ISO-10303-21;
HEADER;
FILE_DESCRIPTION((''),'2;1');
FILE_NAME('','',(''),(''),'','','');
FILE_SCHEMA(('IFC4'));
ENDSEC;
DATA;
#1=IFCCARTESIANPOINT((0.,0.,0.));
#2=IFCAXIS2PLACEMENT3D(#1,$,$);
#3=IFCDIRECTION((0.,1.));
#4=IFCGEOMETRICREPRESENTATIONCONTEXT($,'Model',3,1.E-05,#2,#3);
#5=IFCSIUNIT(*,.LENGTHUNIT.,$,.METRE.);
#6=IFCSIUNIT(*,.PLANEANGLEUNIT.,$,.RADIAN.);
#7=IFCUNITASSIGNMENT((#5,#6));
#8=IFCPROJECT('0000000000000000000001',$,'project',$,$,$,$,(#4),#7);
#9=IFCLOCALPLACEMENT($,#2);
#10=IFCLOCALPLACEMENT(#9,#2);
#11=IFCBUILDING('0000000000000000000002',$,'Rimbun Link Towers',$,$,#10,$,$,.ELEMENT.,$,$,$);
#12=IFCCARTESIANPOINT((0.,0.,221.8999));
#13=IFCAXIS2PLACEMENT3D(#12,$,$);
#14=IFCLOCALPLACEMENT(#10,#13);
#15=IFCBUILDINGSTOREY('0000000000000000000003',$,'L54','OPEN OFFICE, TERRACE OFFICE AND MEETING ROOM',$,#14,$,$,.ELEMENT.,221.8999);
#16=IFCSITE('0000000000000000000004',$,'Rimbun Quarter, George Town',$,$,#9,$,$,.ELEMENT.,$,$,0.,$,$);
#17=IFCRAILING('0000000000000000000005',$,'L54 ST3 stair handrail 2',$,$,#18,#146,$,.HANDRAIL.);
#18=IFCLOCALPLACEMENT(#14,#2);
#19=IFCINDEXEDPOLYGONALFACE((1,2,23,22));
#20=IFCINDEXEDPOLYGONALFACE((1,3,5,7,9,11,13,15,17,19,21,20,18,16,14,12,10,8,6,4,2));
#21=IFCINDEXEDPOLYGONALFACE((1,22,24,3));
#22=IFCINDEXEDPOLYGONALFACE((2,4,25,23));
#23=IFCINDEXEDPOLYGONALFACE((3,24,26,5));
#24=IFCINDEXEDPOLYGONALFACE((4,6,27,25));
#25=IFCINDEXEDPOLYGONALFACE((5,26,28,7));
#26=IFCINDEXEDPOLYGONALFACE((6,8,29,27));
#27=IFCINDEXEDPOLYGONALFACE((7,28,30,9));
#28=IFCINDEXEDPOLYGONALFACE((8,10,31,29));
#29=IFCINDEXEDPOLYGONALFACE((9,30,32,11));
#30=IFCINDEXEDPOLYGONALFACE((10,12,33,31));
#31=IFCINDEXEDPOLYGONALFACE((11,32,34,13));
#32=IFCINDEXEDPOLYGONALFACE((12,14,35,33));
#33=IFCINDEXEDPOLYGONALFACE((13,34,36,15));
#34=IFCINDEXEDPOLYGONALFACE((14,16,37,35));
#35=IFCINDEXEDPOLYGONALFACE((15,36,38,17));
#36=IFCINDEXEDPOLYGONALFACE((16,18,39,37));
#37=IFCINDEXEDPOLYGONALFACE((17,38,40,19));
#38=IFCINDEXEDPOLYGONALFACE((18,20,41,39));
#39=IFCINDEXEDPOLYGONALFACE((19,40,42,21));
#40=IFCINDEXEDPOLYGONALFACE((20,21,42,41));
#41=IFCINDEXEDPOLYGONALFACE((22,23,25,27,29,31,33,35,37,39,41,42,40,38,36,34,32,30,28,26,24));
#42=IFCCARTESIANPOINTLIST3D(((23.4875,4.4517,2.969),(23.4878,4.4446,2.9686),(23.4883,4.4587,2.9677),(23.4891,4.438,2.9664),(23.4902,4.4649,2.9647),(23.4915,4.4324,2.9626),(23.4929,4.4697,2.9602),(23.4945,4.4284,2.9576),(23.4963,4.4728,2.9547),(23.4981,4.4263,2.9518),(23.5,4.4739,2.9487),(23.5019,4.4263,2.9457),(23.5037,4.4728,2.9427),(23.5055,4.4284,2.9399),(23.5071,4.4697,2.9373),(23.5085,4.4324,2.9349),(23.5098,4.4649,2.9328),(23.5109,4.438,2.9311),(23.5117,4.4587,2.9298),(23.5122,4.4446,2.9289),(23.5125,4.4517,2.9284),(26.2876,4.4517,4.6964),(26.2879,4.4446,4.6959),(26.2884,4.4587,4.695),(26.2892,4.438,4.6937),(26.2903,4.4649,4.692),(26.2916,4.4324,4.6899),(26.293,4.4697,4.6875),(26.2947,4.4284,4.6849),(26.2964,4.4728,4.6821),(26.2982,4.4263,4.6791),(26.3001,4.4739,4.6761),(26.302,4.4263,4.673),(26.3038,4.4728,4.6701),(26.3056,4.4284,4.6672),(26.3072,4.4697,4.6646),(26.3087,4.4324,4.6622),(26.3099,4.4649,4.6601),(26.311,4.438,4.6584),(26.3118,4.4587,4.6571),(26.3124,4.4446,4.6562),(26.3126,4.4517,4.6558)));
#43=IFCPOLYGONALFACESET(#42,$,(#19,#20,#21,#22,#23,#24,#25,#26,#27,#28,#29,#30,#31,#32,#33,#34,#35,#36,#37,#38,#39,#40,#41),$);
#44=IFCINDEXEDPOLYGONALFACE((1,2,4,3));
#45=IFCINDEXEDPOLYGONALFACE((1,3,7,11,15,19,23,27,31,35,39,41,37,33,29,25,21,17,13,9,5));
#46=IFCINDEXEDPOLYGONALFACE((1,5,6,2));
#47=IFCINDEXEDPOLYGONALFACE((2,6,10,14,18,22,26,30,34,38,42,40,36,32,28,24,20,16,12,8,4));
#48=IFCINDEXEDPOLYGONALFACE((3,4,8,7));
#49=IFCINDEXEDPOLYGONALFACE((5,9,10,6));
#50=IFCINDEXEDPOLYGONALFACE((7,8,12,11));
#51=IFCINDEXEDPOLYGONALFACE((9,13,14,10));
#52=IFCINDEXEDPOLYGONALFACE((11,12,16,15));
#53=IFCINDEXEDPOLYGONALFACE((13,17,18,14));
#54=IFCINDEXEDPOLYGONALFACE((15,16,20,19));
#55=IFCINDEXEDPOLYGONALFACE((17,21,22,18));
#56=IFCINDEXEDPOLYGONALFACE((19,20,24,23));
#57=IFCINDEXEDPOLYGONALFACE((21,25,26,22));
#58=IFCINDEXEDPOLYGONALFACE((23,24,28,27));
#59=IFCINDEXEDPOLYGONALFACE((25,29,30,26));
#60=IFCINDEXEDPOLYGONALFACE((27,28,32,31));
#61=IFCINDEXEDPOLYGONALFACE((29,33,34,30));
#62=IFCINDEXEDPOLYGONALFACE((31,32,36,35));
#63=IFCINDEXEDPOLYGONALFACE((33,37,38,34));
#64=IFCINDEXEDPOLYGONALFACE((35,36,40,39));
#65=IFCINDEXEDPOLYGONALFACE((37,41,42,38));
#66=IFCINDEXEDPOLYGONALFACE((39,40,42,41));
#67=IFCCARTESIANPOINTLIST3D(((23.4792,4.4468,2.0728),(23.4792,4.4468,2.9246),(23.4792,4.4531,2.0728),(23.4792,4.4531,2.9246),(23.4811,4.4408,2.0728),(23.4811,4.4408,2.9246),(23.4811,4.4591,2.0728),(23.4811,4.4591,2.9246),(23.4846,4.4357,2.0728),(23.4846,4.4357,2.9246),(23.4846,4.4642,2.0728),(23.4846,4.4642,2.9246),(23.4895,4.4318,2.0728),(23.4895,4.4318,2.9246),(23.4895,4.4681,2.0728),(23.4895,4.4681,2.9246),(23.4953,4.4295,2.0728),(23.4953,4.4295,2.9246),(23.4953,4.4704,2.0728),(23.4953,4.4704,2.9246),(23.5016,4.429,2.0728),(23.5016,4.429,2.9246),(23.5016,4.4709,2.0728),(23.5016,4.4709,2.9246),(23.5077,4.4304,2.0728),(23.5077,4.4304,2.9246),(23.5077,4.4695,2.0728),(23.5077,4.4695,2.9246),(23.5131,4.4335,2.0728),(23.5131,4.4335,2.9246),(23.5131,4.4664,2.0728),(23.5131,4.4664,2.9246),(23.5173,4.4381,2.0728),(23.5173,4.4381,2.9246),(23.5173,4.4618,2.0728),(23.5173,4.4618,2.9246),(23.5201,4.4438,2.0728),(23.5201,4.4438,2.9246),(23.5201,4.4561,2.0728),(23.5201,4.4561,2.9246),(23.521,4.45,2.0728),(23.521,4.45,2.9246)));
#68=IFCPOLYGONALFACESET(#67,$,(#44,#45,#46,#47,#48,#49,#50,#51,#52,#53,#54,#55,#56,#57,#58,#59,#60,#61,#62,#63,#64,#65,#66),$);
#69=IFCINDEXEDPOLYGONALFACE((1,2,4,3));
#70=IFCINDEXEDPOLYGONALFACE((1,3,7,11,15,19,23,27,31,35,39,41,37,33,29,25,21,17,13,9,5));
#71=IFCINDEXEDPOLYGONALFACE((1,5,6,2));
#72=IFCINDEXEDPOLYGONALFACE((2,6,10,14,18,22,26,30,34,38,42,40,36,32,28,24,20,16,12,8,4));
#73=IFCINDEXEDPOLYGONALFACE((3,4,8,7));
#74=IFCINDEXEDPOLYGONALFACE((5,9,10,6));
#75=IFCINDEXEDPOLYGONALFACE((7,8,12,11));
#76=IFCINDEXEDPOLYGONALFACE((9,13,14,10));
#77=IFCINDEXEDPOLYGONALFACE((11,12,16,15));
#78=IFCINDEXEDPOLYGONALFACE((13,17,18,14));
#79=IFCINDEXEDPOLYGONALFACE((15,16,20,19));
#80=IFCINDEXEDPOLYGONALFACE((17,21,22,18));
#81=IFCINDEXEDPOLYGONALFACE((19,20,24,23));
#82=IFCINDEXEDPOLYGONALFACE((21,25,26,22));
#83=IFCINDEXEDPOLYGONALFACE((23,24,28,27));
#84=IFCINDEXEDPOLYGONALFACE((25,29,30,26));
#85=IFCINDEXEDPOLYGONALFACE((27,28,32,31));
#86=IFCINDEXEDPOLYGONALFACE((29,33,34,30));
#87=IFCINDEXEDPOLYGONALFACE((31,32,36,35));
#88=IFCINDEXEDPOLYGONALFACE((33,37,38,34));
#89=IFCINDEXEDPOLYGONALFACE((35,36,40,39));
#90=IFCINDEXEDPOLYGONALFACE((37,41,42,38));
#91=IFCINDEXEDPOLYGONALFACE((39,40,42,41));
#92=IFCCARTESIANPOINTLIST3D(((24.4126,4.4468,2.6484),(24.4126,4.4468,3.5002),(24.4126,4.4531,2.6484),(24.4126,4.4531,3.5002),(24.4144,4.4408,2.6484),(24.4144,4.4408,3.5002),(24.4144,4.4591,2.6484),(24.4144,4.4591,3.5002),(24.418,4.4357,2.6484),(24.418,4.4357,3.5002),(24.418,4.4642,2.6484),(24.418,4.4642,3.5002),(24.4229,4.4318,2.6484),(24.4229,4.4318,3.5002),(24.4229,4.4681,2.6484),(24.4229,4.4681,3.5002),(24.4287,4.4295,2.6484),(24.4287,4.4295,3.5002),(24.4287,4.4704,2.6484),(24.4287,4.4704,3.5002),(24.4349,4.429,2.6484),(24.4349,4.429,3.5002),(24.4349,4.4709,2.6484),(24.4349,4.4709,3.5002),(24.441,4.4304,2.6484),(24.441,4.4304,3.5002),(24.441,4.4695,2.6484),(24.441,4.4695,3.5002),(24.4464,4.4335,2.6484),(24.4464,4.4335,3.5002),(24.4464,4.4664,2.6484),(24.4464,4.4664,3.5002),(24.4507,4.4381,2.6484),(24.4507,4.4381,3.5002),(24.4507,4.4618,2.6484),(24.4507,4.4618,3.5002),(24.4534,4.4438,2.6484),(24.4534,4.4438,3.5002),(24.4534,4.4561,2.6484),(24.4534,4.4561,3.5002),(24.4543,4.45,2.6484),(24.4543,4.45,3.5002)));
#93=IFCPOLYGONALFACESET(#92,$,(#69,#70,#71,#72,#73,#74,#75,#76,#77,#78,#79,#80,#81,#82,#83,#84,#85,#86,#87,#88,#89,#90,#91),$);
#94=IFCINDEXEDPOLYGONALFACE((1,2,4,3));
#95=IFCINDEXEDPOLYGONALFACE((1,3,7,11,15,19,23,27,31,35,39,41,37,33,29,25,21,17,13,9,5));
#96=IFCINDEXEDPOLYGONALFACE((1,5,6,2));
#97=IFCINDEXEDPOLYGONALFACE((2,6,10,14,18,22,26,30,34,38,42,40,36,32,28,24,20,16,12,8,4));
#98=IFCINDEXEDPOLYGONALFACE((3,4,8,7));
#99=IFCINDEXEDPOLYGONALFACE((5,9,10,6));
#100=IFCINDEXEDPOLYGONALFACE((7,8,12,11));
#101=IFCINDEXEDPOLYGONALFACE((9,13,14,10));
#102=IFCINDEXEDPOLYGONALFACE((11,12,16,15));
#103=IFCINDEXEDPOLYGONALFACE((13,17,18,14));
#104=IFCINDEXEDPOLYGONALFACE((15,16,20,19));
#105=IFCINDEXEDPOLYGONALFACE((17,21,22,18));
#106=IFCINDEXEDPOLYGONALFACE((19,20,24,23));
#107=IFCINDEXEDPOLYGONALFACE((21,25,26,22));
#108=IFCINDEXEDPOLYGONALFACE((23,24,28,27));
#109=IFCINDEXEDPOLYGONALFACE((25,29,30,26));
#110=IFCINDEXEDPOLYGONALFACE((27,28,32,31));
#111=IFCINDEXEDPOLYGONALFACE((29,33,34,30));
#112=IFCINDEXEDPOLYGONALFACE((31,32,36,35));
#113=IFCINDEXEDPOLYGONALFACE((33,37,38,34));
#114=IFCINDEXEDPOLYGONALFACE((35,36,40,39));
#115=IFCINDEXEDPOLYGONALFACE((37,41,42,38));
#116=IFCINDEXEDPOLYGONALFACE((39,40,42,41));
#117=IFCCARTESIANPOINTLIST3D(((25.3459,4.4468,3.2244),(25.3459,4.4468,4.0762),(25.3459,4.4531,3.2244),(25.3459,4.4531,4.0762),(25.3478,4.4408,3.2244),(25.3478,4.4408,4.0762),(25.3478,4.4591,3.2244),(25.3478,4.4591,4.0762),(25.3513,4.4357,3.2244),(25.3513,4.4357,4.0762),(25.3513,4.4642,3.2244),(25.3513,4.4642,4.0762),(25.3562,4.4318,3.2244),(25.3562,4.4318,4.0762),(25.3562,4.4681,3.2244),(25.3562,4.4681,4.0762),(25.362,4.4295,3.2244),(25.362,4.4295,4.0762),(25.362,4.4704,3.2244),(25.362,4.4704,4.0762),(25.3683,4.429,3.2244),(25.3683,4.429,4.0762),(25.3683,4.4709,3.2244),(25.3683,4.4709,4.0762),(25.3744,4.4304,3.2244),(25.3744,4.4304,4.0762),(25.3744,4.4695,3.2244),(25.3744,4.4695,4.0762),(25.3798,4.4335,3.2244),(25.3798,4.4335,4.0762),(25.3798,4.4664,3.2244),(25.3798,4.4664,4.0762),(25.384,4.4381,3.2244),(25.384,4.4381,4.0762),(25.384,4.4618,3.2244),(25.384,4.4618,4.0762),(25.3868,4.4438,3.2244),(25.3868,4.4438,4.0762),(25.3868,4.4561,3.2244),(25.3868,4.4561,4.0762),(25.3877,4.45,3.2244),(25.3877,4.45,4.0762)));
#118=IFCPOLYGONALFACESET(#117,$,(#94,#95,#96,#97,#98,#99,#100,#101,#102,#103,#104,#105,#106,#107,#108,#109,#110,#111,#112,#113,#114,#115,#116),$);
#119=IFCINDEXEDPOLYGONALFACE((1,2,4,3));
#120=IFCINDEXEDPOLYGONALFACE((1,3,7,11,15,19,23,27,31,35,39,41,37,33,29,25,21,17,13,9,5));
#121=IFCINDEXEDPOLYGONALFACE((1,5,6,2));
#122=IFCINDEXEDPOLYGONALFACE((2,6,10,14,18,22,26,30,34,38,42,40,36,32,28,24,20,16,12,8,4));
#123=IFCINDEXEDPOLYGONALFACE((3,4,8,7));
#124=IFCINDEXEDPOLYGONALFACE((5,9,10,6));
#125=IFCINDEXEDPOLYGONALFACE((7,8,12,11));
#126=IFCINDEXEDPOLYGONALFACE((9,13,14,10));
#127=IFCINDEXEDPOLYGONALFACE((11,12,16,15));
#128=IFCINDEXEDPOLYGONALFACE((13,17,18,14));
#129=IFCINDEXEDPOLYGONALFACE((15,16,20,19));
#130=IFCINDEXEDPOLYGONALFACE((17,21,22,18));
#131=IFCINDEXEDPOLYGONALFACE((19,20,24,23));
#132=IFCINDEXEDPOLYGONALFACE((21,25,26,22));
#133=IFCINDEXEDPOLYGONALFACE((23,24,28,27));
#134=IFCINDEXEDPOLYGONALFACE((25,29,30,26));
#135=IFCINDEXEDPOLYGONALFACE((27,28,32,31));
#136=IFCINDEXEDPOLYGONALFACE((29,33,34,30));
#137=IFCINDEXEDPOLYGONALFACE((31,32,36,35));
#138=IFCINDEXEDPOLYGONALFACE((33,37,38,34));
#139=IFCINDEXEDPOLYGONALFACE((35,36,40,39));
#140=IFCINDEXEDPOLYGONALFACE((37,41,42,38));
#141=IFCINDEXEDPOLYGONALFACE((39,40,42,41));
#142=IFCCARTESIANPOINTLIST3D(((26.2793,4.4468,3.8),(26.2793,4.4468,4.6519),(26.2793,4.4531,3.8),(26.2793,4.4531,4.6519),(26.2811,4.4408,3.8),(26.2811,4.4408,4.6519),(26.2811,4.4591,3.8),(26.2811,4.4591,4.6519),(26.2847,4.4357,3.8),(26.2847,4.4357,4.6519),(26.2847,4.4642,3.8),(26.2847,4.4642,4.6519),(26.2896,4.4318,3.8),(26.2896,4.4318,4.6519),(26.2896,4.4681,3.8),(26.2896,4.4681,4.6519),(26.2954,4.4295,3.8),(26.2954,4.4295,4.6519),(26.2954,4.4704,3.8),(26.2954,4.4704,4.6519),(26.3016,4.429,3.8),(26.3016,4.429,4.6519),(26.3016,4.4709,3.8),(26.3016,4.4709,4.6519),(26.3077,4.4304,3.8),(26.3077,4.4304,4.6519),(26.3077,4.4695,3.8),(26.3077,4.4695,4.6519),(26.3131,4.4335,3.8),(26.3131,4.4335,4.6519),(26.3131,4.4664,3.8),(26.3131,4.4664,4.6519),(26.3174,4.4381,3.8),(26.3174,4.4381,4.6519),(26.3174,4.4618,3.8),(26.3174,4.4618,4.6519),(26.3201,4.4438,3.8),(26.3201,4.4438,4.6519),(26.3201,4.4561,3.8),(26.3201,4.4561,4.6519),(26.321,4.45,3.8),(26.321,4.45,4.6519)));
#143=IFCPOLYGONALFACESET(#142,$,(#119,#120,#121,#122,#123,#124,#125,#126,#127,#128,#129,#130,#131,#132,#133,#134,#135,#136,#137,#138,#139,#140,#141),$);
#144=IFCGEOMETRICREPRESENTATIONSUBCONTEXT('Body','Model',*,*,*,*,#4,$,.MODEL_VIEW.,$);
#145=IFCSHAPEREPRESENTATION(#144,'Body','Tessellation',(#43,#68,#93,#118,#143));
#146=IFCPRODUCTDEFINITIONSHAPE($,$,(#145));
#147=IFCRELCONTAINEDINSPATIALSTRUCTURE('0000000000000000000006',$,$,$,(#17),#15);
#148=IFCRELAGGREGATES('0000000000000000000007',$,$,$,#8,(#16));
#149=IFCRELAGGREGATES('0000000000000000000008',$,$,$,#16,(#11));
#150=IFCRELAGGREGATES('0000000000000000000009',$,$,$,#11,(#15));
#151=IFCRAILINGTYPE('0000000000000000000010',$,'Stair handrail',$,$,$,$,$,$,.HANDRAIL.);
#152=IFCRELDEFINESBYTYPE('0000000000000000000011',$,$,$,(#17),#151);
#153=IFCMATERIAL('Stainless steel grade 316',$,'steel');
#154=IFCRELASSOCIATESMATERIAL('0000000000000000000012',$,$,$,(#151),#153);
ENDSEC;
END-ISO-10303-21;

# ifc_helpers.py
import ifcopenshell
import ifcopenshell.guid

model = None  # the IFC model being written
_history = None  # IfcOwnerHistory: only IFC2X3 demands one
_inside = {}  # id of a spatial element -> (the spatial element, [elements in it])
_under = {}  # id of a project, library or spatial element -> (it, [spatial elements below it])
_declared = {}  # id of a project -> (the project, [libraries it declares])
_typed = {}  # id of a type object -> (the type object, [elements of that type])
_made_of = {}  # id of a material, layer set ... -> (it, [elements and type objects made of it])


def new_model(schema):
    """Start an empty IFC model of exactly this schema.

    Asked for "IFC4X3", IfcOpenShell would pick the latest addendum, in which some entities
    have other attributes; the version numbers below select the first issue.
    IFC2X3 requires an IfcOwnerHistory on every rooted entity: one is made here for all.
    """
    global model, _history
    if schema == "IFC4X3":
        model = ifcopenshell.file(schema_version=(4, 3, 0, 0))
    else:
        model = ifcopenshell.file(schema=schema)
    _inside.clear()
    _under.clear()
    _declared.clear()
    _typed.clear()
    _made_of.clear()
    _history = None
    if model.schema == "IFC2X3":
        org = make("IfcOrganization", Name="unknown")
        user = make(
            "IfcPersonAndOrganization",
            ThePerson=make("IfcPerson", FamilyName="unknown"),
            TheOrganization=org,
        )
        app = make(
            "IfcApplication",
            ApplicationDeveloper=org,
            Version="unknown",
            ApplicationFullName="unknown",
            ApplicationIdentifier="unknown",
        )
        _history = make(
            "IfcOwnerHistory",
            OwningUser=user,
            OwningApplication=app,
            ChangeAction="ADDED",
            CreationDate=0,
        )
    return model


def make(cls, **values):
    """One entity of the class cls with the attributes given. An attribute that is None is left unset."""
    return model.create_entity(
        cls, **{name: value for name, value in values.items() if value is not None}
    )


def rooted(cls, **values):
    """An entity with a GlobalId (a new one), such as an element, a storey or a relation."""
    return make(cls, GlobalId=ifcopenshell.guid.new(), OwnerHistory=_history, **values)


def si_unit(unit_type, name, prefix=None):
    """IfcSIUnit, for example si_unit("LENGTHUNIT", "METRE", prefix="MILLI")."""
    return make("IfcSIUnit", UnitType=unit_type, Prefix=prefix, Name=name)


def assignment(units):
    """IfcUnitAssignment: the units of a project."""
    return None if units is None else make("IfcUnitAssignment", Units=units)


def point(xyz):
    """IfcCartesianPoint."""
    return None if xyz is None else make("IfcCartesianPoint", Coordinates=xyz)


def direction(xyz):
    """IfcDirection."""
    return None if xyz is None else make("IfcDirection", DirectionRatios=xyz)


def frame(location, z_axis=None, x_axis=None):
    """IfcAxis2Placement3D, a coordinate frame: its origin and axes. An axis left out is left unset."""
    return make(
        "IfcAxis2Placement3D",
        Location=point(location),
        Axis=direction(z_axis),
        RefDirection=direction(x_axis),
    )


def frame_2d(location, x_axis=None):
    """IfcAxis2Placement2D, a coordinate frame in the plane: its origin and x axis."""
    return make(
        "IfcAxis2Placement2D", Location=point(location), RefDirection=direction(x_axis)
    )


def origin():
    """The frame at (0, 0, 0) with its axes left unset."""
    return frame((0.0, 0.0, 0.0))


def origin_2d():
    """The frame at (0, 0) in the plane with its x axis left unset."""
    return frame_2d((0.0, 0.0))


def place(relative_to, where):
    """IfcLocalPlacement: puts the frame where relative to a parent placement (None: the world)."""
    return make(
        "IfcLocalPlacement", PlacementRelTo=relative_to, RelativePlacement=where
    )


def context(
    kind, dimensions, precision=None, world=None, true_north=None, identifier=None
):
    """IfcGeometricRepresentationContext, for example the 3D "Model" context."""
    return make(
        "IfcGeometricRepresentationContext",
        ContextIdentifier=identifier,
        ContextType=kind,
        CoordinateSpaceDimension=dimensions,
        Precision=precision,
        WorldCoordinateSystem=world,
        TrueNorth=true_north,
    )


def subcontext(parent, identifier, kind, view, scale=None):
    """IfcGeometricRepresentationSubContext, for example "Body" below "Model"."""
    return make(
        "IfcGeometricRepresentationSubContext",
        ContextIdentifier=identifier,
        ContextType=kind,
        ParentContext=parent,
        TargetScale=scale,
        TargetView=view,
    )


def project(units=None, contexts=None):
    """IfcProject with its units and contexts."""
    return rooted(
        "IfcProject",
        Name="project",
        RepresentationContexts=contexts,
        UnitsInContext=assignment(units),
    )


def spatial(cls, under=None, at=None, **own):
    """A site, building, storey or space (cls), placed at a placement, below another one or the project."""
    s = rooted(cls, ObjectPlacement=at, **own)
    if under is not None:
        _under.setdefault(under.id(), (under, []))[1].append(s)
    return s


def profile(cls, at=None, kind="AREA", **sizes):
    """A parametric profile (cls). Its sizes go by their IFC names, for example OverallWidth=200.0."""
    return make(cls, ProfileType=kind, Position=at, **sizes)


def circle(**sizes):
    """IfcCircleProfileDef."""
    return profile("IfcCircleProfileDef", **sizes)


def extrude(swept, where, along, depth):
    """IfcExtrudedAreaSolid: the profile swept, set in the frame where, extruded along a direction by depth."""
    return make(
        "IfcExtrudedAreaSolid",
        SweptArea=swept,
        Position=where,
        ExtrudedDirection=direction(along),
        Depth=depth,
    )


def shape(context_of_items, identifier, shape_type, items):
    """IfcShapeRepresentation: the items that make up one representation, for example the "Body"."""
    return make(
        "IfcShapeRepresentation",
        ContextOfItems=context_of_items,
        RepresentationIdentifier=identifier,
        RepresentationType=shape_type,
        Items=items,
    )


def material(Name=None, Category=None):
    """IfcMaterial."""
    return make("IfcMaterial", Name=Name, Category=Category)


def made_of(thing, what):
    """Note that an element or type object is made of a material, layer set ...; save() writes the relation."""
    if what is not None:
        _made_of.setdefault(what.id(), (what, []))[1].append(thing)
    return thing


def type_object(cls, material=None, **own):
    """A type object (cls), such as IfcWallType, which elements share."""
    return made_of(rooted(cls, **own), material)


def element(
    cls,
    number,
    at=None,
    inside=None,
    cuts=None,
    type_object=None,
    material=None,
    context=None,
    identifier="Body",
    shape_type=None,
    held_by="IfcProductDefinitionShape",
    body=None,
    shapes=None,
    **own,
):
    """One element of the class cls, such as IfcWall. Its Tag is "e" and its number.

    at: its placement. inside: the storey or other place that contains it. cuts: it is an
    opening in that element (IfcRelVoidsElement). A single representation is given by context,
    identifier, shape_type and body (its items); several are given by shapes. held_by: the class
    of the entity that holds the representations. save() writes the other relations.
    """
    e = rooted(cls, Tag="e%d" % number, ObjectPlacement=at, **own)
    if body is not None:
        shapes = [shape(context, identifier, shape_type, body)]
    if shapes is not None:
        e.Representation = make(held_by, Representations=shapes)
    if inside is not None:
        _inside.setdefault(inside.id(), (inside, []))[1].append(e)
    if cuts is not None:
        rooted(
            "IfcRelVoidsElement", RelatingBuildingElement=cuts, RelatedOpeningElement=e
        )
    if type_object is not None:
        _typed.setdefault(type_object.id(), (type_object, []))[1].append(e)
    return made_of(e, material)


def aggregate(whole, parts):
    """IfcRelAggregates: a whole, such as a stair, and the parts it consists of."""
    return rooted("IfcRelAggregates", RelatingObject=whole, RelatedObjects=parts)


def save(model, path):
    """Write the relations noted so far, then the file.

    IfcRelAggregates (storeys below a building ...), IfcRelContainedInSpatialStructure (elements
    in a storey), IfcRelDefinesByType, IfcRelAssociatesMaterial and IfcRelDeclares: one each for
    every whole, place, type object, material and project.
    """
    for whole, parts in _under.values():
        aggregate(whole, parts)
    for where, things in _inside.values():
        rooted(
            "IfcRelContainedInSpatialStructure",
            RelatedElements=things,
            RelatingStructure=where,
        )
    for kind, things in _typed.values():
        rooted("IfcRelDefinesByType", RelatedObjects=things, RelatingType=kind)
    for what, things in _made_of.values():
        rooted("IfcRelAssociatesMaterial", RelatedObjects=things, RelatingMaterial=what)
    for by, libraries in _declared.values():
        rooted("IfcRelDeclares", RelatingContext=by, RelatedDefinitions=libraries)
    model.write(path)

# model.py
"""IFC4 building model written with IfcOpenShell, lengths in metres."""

from ifc_helpers import new_model, si_unit, direction, frame, origin, origin_2d, place, context, subcontext, project, spatial, circle, extrude, material, type_object, element, save


model = new_model("IFC4")

# Units and contexts
model_context = context("Model", 3, precision=1e-05, world=origin(), true_north=direction((0.0, 1.0)))
body_context = subcontext(model_context, "Body", "Model", "MODEL_VIEW")
ifc_project = project(units=[si_unit("LENGTHUNIT", "METRE"), si_unit("PLANEANGLEUNIT", "RADIAN")], contexts=[model_context])

# Site, building, storey
site_placement = place(None, origin())
site = spatial("IfcSite", under=ifc_project, at=site_placement, Name="Rimbun Quarter, George Town", CompositionType="ELEMENT", RefElevation=0.0)
building_placement = place(site_placement, origin())
building = spatial("IfcBuilding", under=site, at=building_placement, Name="Rimbun Link Towers", CompositionType="ELEMENT")
storey_placement = place(building_placement, frame((0.0, 0.0, 221.8999)))
storey = spatial("IfcBuildingStorey", under=building, at=storey_placement, Name="L54", Description="OPEN OFFICE, TERRACE OFFICE AND MEETING ROOM", CompositionType="ELEMENT", Elevation=221.8999)

# Railing
ifc_material_1 = material(Name="Stainless steel grade 316", Category="steel")
railing_type_1 = type_object("IfcRailingType", Name="Stair handrail", PredefinedType="HANDRAIL", material=ifc_material_1)
railing_1_placement = place(storey_placement, frame((23.5, 4.45, 2.0728)))
element("IfcRailing", 1, at=railing_1_placement, inside=storey, type_object=railing_type_1, Name="L54 ST3 stair handrail 2", PredefinedType="HANDRAIL", context=body_context, shape_type="SweptSolid", body=[
    extrude(circle(Radius=0.0239, at=origin_2d()), frame((0.0, 0.0, 0.876), z_axis=(0.85109, 0.0, 0.52502), x_axis=(0.0, 1.0, 0.0)), (0.0, 0.0, 1.0), 3.29),
    extrude(circle(Radius=0.021, at=origin_2d()), origin(), (0.0, 0.0, 1.0), 0.8518),
    extrude(circle(Radius=0.021, at=origin_2d()), frame((0.9333, 0.0, 0.5757)), (0.0, 0.0, 1.0), 0.8518),
    extrude(circle(Radius=0.021, at=origin_2d()), frame((1.8667, 0.0, 1.1516)), (0.0, 0.0, 1.0), 0.8518),
    extrude(circle(Radius=0.021, at=origin_2d()), frame((2.8, 0.0, 1.7273)), (0.0, 0.0, 1.0), 0.8518),
])

save(model, "model.ifc")
